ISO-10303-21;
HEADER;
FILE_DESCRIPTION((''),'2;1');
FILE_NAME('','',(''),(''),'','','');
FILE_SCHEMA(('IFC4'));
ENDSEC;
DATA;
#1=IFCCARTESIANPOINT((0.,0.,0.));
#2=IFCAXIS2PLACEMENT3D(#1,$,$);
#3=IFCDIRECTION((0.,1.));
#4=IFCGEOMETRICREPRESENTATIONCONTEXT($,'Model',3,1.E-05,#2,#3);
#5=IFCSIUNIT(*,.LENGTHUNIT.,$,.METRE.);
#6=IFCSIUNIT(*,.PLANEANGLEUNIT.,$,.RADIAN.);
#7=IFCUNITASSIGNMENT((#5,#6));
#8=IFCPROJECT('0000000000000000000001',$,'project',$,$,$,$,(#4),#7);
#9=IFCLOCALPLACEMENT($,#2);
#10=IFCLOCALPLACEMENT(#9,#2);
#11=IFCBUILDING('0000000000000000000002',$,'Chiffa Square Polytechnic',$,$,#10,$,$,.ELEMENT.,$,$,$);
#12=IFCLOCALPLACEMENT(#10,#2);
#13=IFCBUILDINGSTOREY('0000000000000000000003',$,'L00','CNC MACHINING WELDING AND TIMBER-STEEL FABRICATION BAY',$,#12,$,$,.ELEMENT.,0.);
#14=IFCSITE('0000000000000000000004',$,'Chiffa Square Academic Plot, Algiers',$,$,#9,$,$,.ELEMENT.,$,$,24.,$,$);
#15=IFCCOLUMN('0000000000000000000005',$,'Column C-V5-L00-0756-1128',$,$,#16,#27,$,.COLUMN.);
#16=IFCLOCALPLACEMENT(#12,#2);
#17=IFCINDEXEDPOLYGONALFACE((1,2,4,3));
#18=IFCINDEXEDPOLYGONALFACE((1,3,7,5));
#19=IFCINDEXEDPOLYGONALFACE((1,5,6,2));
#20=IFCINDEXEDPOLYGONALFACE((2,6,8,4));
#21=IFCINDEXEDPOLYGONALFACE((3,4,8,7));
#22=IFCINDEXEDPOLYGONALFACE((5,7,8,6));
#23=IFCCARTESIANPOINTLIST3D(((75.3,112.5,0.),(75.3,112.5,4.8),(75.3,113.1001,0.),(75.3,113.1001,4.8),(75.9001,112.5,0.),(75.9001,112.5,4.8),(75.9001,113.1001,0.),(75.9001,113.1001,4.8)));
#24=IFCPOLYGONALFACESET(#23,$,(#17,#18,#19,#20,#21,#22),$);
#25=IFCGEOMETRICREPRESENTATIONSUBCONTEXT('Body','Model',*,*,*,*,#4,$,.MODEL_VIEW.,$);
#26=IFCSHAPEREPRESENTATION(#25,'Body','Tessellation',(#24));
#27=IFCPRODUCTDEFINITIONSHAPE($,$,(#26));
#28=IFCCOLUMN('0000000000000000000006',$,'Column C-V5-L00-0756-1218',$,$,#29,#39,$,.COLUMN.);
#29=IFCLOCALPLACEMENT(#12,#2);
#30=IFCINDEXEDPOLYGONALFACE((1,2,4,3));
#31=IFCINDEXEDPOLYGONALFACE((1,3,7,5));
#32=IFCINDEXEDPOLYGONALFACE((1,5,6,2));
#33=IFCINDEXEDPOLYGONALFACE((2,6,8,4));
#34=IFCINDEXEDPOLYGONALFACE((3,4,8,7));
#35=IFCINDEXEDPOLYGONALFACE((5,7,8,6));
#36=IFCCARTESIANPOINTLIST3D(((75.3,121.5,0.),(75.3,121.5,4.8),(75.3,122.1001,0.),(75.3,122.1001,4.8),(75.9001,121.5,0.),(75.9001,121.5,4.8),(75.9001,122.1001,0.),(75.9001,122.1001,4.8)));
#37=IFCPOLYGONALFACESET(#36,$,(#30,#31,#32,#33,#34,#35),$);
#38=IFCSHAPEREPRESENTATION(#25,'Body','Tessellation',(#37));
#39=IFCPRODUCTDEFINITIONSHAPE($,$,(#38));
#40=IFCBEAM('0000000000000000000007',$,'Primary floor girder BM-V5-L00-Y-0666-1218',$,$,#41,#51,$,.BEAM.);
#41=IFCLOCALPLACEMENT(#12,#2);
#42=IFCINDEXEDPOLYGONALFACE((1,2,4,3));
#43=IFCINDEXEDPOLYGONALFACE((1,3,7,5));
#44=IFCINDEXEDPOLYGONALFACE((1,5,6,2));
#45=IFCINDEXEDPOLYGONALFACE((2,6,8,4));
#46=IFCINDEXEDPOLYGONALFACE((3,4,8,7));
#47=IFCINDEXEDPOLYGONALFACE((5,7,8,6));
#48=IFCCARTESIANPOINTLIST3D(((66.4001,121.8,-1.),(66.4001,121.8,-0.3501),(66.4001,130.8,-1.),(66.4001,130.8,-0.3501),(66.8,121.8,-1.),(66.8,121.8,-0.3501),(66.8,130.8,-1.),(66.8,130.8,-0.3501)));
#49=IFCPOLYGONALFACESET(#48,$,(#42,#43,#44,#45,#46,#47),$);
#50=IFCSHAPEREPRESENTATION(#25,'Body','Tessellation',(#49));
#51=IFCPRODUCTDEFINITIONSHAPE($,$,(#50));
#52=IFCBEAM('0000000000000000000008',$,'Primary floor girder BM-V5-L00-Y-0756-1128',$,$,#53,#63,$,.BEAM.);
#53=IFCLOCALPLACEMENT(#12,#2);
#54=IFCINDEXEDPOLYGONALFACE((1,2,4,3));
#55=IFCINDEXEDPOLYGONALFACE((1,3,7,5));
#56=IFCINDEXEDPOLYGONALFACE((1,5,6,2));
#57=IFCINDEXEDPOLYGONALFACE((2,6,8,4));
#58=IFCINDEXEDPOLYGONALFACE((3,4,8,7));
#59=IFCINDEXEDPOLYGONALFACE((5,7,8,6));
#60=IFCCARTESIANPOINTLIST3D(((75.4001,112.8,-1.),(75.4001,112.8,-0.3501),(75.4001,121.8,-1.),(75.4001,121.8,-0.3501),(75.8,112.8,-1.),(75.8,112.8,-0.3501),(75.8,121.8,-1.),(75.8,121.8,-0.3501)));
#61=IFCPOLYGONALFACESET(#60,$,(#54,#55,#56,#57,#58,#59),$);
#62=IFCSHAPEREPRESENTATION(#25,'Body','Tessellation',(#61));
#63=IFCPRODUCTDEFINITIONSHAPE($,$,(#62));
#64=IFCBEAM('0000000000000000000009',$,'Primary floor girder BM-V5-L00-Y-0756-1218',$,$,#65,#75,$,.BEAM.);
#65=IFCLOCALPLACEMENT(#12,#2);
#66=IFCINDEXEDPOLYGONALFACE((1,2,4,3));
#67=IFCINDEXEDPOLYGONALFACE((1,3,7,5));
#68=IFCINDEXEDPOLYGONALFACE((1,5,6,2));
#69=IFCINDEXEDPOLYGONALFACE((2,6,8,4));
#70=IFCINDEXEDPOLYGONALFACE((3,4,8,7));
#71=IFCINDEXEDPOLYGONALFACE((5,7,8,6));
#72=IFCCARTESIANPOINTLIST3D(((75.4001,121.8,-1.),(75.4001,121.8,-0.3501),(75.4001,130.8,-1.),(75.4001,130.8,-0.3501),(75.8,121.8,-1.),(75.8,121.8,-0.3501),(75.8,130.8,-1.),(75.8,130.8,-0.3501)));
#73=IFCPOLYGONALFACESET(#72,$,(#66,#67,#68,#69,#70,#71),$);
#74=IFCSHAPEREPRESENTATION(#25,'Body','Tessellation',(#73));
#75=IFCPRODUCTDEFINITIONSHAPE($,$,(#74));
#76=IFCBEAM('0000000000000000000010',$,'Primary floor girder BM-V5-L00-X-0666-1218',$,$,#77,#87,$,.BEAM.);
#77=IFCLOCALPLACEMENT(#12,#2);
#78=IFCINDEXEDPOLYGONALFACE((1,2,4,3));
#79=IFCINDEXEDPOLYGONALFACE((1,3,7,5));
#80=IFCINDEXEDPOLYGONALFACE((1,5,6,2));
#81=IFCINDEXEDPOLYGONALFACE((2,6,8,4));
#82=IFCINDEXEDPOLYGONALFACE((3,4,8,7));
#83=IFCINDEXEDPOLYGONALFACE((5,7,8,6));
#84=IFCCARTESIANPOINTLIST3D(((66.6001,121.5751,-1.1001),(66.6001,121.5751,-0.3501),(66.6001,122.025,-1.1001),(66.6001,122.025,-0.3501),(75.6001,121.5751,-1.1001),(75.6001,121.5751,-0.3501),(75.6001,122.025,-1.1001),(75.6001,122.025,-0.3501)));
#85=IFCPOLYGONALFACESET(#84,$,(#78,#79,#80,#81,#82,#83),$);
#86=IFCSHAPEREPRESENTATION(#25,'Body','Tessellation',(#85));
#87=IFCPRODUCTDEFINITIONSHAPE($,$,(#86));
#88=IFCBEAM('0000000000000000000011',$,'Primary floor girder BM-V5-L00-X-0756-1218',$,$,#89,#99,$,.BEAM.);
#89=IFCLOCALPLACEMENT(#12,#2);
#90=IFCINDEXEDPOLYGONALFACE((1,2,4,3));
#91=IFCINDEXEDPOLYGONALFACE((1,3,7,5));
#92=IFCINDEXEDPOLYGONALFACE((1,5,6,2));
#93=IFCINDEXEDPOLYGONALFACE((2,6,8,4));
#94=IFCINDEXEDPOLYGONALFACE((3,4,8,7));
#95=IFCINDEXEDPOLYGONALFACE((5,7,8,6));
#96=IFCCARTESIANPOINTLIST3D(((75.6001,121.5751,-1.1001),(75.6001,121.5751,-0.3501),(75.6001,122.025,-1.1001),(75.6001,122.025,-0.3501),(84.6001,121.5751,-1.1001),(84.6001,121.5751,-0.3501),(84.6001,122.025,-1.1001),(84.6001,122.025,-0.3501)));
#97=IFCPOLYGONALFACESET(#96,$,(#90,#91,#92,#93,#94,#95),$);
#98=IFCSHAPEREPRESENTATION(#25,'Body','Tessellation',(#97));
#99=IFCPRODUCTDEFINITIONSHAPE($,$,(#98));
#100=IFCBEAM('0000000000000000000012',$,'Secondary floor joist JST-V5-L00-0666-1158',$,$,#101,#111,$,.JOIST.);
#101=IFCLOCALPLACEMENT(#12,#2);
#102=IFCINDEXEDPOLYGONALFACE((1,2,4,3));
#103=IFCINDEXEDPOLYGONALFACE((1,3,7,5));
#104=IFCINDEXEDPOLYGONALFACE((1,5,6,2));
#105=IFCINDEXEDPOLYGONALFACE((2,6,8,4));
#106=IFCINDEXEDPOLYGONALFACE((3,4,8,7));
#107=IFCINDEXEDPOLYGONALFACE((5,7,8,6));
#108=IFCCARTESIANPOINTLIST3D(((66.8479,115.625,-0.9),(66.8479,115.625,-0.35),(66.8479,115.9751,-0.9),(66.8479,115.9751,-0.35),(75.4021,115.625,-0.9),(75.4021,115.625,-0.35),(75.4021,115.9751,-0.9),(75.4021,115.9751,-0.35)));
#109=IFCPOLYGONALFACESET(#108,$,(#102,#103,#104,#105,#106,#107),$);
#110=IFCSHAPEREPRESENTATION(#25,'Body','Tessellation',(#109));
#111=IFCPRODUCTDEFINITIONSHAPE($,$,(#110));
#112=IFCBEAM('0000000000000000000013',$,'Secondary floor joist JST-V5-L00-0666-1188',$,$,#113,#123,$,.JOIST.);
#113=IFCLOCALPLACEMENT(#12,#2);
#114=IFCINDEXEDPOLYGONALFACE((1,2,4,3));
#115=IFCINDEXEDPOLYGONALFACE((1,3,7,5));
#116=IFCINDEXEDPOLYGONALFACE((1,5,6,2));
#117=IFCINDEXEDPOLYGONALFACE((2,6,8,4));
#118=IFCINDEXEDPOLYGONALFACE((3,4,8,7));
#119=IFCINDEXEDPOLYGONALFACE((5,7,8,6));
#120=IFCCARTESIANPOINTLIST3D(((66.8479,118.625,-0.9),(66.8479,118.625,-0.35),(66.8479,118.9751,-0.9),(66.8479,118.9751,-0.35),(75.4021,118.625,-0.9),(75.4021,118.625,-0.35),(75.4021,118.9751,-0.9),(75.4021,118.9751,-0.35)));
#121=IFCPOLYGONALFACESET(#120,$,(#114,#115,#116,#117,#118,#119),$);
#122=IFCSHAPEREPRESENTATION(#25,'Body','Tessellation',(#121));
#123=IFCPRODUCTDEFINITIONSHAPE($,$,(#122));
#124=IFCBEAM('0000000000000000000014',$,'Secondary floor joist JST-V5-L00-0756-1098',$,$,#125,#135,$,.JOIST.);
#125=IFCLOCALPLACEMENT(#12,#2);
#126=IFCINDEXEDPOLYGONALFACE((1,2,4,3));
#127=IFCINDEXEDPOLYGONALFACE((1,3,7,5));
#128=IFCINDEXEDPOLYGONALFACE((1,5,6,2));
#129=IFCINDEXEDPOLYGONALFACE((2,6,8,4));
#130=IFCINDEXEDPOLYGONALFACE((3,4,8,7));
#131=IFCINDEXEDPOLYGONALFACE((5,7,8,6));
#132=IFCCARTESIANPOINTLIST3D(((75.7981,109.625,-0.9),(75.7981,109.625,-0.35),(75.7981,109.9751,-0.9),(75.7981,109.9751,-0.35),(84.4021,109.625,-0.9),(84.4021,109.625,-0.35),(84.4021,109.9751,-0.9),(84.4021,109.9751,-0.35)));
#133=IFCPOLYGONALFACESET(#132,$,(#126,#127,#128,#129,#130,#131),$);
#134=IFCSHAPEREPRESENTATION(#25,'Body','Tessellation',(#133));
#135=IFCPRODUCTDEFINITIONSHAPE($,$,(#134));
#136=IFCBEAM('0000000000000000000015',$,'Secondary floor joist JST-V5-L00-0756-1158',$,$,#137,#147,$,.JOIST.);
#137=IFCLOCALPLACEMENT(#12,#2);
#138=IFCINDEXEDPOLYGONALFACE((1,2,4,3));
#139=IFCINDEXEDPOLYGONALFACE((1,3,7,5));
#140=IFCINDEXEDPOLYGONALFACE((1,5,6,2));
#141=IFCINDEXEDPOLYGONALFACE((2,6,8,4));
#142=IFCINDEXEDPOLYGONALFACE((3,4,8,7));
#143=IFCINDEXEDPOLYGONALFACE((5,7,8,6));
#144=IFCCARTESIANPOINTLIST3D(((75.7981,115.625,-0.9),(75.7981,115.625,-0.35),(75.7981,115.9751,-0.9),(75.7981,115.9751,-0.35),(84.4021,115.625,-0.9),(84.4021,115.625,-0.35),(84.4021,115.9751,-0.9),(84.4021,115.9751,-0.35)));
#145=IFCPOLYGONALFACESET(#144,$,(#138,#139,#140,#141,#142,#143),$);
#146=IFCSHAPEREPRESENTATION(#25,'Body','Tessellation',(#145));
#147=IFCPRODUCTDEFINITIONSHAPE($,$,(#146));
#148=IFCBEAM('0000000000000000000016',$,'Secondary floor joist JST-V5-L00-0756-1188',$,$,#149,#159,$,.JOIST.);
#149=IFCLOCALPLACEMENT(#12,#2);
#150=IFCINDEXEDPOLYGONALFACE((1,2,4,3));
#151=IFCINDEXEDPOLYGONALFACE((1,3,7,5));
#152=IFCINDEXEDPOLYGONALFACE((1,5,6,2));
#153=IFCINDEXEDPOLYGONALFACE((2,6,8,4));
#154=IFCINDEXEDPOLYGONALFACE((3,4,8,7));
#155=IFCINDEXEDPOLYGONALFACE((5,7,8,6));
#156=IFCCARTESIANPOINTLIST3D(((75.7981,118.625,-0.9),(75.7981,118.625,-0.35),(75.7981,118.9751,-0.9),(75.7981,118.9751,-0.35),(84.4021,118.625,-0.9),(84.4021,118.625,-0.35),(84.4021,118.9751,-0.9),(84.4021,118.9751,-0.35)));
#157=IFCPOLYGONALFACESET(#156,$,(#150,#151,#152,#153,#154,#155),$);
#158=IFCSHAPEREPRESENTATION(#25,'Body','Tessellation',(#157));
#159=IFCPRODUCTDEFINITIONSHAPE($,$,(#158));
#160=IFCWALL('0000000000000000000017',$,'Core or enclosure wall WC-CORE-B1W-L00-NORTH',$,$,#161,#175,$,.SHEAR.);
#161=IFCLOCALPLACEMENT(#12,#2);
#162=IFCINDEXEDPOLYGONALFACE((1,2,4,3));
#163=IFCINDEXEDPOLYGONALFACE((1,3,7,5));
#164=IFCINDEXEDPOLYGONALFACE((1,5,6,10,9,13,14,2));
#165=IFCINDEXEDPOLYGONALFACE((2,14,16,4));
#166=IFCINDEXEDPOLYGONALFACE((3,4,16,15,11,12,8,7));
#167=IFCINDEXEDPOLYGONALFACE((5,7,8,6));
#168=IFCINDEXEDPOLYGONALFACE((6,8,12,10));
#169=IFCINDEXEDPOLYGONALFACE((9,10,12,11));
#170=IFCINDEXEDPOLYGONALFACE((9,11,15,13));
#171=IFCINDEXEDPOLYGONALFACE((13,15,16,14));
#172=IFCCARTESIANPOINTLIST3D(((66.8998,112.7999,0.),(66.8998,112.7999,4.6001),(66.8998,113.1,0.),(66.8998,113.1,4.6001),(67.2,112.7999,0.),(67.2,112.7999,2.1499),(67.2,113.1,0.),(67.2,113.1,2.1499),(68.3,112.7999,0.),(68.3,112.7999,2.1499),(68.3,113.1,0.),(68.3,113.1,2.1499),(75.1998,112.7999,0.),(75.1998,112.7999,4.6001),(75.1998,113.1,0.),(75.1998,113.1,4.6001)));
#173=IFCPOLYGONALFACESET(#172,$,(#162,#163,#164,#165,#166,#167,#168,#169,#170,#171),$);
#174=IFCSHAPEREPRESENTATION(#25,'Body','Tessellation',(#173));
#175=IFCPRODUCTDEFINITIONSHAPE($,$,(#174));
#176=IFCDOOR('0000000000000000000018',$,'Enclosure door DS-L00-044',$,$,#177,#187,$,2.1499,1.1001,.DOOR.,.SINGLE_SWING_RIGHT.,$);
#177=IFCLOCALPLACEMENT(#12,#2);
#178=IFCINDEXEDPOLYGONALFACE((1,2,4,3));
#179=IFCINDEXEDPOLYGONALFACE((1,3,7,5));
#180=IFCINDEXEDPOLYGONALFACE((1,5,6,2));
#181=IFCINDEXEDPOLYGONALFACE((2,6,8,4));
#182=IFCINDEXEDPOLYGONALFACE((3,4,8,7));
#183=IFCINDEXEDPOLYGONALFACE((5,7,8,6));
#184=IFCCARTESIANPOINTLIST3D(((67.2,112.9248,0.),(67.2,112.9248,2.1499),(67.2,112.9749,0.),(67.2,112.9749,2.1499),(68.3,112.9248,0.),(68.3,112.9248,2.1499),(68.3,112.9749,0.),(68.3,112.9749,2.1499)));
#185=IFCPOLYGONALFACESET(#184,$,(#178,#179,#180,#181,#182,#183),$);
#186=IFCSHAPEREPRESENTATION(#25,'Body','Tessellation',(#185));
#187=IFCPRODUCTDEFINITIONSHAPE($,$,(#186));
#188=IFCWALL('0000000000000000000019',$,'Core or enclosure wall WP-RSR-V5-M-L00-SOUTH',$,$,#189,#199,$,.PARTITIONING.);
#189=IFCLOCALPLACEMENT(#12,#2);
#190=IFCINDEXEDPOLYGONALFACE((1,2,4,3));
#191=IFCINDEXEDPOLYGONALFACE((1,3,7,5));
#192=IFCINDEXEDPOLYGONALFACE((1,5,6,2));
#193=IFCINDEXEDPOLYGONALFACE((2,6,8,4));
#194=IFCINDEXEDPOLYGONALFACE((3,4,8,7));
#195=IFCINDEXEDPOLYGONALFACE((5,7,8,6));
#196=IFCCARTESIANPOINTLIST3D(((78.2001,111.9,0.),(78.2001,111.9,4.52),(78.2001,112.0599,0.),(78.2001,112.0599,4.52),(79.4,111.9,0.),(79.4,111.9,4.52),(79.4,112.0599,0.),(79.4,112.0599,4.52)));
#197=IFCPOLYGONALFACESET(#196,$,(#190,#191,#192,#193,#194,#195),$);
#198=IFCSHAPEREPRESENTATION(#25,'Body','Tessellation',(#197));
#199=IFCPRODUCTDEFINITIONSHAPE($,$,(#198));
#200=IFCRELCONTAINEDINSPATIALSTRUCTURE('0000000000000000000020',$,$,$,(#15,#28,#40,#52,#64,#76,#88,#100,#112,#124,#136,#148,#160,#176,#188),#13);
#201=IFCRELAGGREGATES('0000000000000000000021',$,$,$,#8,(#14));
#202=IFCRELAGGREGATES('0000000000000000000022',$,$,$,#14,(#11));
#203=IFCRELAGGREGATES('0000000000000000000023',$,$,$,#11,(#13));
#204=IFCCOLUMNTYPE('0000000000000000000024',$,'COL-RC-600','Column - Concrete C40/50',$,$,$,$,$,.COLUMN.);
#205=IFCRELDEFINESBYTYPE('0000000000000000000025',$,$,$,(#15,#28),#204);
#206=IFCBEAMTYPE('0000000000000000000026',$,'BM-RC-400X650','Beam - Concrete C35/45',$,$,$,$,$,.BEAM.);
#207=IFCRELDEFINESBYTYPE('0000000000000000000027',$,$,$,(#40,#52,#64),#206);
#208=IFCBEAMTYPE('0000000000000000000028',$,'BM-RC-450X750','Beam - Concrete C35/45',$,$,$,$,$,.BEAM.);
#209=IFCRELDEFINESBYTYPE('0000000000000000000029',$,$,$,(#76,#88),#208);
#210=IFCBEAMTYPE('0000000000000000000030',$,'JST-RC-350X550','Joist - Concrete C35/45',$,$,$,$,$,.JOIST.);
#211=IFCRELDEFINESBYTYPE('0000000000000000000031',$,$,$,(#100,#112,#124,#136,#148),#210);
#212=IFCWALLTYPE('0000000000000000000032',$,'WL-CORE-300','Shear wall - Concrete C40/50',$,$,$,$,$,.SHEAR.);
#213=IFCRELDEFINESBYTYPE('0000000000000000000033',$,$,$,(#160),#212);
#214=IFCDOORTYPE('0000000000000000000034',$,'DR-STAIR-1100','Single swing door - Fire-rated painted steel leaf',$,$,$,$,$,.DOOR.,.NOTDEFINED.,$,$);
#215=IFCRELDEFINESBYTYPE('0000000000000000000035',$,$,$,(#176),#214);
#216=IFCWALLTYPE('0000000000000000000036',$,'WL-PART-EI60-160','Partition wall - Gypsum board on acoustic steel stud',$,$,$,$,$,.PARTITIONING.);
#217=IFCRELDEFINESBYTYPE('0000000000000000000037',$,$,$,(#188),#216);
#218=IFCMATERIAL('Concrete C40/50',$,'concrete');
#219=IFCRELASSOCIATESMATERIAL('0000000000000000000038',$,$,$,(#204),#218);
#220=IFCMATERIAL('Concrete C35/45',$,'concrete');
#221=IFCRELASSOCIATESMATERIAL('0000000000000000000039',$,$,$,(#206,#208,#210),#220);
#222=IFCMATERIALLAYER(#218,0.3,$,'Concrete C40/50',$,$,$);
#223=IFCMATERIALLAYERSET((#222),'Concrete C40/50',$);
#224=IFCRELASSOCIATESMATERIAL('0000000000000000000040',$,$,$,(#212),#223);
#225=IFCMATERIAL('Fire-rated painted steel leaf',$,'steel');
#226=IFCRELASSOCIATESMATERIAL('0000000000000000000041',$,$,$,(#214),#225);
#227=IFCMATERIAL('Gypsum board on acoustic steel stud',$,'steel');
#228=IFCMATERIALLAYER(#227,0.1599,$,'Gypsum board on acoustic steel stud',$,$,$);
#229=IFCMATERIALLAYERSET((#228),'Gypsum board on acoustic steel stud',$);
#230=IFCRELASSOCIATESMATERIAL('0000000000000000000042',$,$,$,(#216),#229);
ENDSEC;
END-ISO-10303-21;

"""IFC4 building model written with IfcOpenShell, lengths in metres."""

from ifc_helpers import new_model, si_unit, direction, frame, frame_2d, origin, origin_2d, place, context, subcontext, project, spatial, rectangle, extrude, material, layer, layer_set, material_profile, profile_set, type_object, element, fill, save


model = new_model("IFC4")

# Units and contexts
model_context = context("Model", 3, precision=1e-05, world=origin(), true_north=direction((0.0, 1.0)))
body_context = subcontext(model_context, "Body", "Model", "MODEL_VIEW")
ifc_project = project(units=[si_unit("LENGTHUNIT", "METRE"), si_unit("PLANEANGLEUNIT", "RADIAN")], contexts=[model_context])

# Site, building, storey
site_placement = place(None, origin())
site = spatial("IfcSite", under=ifc_project, at=site_placement, Name="Chiffa Square Academic Plot, Algiers", CompositionType="ELEMENT", RefElevation=24.0)
building_placement = place(site_placement, origin())
building = spatial("IfcBuilding", under=site, at=building_placement, Name="Chiffa Square Polytechnic", CompositionType="ELEMENT")
storey_placement = place(building_placement, origin())
storey = spatial("IfcBuildingStorey", under=building, at=storey_placement, Name="L00", Description="CNC MACHINING WELDING AND TIMBER-STEEL FABRICATION BAY", CompositionType="ELEMENT", Elevation=0.0)

# Columns
ifc_material_1 = material(Name="Concrete C40/50", Category="concrete")
ifc_material_profile_1 = material_profile(ifc_material_1, rectangle(XDim=0.6001, YDim=0.6001, at=origin_2d()), Name="RC 600x600")
ifc_profile_set_1 = profile_set([ifc_material_profile_1], Name="Concrete C40/50")
column_type = type_object("IfcColumnType", Name="COL-RC-600", Description="Column - Concrete C40/50", PredefinedType="COLUMN", material=ifc_profile_set_1)
for number, where, z_axis, x_axis, name in (
    (1, (75.6001, 112.8, 0.0), (0.0, 0.0, 1.0), (1.0, 0.0, 0.0), "Column C-V5-L00-0756-1128"),
    (2, (75.6001, 121.8, 0.0), (0.0, 0.0, 1.0), (1.0, 0.0, 0.0), "Column C-V5-L00-0756-1218"),
):
    element("IfcColumn", number, at=place(storey_placement, frame(where, z_axis=z_axis, x_axis=x_axis)), inside=storey, type_object=column_type, Name=name, PredefinedType="COLUMN", context=body_context, shape_type="SweptSolid", body=[
        extrude(rectangle(XDim=0.6001, YDim=0.6001, at=origin_2d()), origin(), (0.0, 0.0, 1.0), 4.8),
    ])

# Beams
ifc_material_2 = material(Name="Concrete C35/45", Category="concrete")
ifc_material_profile_2 = material_profile(ifc_material_2, rectangle(XDim=0.3999, YDim=0.6499, at=origin_2d()), Name="RC 400x650")
ifc_profile_set_2 = profile_set([ifc_material_profile_2], Name="Concrete C35/45")
beam_type_1 = type_object("IfcBeamType", Name="BM-RC-400X650", Description="Beam - Concrete C35/45", PredefinedType="BEAM", material=ifc_profile_set_2)
for number, where, z_axis, x_axis, name in (
    (3, (66.6001, 121.8, -0.675), (0.0, 1.0, 0.0), (-1.0, 0.0, 0.0), "Primary floor girder BM-V5-L00-Y-0666-1218"),
    (4, (75.6001, 112.8, -0.675), (0.0, 1.0, 0.0), (-1.0, 0.0, 0.0), "Primary floor girder BM-V5-L00-Y-0756-1128"),
    (5, (75.6001, 121.8, -0.675), (0.0, 1.0, 0.0), (-1.0, 0.0, 0.0), "Primary floor girder BM-V5-L00-Y-0756-1218"),
):
    element("IfcBeam", number, at=place(storey_placement, frame(where, z_axis=z_axis, x_axis=x_axis)), inside=storey, type_object=beam_type_1, Name=name, PredefinedType="BEAM", context=body_context, shape_type="SweptSolid", body=[
        extrude(rectangle(XDim=0.3999, YDim=0.6499, at=origin_2d()), origin(), (0.0, 0.0, 1.0), 9.0),
    ])
ifc_material_profile_3 = material_profile(ifc_material_2, rectangle(XDim=0.45, YDim=0.75, at=origin_2d()), Name="RC 450x750")
ifc_profile_set_3 = profile_set([ifc_material_profile_3], Name="Concrete C35/45")
beam_type_2 = type_object("IfcBeamType", Name="BM-RC-450X750", Description="Beam - Concrete C35/45", PredefinedType="BEAM", material=ifc_profile_set_3)
for number, where, z_axis, x_axis, name in (
    (6, (66.6001, 121.8, -0.7251), (1.0, 0.0, 0.0), (0.0, 1.0, 0.0), "Primary floor girder BM-V5-L00-X-0666-1218"),
    (7, (75.6001, 121.8, -0.7251), (1.0, 0.0, 0.0), (0.0, 1.0, 0.0), "Primary floor girder BM-V5-L00-X-0756-1218"),
):
    element("IfcBeam", number, at=place(storey_placement, frame(where, z_axis=z_axis, x_axis=x_axis)), inside=storey, type_object=beam_type_2, Name=name, PredefinedType="BEAM", context=body_context, shape_type="SweptSolid", body=[
        extrude(rectangle(XDim=0.45, YDim=0.75, at=origin_2d()), origin(), (0.0, 0.0, 1.0), 9.0),
    ])
ifc_material_profile_4 = material_profile(ifc_material_2, rectangle(XDim=0.3501, YDim=0.55, at=origin_2d()), Name="RC 350x550")
ifc_profile_set_4 = profile_set([ifc_material_profile_4], Name="Concrete C35/45")
beam_type_3 = type_object("IfcBeamType", Name="JST-RC-350X550", Description="Joist - Concrete C35/45", PredefinedType="JOIST", material=ifc_profile_set_4)
for number, where, z_axis, x_axis, name in (
    (8, (66.8479, 115.8, -0.625), (1.0, 0.0, 0.0), (0.0, 1.0, 0.0), "Secondary floor joist JST-V5-L00-0666-1158"),
    (9, (66.8479, 118.8, -0.625), (1.0, 0.0, 0.0), (0.0, 1.0, 0.0), "Secondary floor joist JST-V5-L00-0666-1188"),
):
    element("IfcBeam", number, at=place(storey_placement, frame(where, z_axis=z_axis, x_axis=x_axis)), inside=storey, type_object=beam_type_3, Name=name, PredefinedType="JOIST", context=body_context, shape_type="SweptSolid", body=[
        extrude(rectangle(XDim=0.3501, YDim=0.55, at=origin_2d()), origin(), (0.0, 0.0, 1.0), 8.5542),
    ])
for number, where, z_axis, x_axis, name in (
    (10, (75.7981, 109.8, -0.625), (1.0, 0.0, 0.0), (0.0, 1.0, 0.0), "Secondary floor joist JST-V5-L00-0756-1098"),
    (11, (75.7981, 115.8, -0.625), (1.0, 0.0, 0.0), (0.0, 1.0, 0.0), "Secondary floor joist JST-V5-L00-0756-1158"),
    (12, (75.7981, 118.8, -0.625), (1.0, 0.0, 0.0), (0.0, 1.0, 0.0), "Secondary floor joist JST-V5-L00-0756-1188"),
):
    element("IfcBeam", number, at=place(storey_placement, frame(where, z_axis=z_axis, x_axis=x_axis)), inside=storey, type_object=beam_type_3, Name=name, PredefinedType="JOIST", context=body_context, shape_type="SweptSolid", body=[
        extrude(rectangle(XDim=0.3501, YDim=0.55, at=origin_2d()), origin(), (0.0, 0.0, 1.0), 8.604),
    ])

# Wall, opening, door
ifc_layer_1 = layer(ifc_material_1, 0.3, Name="Concrete C40/50")
ifc_layer_set_1 = layer_set([ifc_layer_1], Name="Concrete C40/50")
wall_type_1 = type_object("IfcWallType", Name="WL-CORE-300", Description="Shear wall - Concrete C40/50", PredefinedType="SHEAR", material=ifc_layer_set_1)
wall_1_placement = place(storey_placement, frame((66.8999, 112.95, 0.0), z_axis=(0.0, 0.0, 1.0), x_axis=(1.0, 0.0, 0.0)))
wall_1 = element("IfcWall", 13, at=wall_1_placement, inside=storey, type_object=wall_type_1, Name="Core or enclosure wall WC-CORE-B1W-L00-NORTH", PredefinedType="SHEAR", context=body_context, shape_type="SweptSolid", body=[
    extrude(rectangle(XDim=8.3, YDim=0.3, at=frame_2d((4.1499, 0.0))), origin(), (0.0, 0.0, 1.0), 4.6001),
])
opening_1_placement = place(wall_1_placement, frame((0.3, 0.0, 0.0)))
opening_1 = element("IfcOpeningElement", 14, at=opening_1_placement, cuts=wall_1, PredefinedType="OPENING", context=body_context, shape_type="SweptSolid", body=[
    extrude(rectangle(XDim=1.1001, YDim=2.1499, at=frame_2d((0.55, 1.075))), frame((0.0, 0.1602, 0.0), z_axis=(0.0, -1.0, 0.0), x_axis=(1.0, 0.0, 0.0)), (0.0, 0.0, 1.0), 0.3201),
])
ifc_material_3 = material(Name="Fire-rated painted steel leaf", Category="steel")
door_type_1 = type_object("IfcDoorType", Name="DR-STAIR-1100", Description="Single swing door - Fire-rated painted steel leaf", OperationType="NOTDEFINED", PredefinedType="DOOR", material=ifc_material_3)
door_1_placement = place(opening_1_placement, origin())
door_1 = element("IfcDoor", 15, at=door_1_placement, inside=storey, type_object=door_type_1, Name="Enclosure door DS-L00-044", OperationType="SINGLE_SWING_RIGHT", OverallHeight=2.1499, OverallWidth=1.1001, PredefinedType="DOOR", context=body_context, shape_type="SweptSolid", body=[
    extrude(rectangle(XDim=1.1001, YDim=2.1499, at=frame_2d((0.55, 1.075))), frame((0.0, 0.0249, 0.0), z_axis=(0.0, -1.0, 0.0), x_axis=(1.0, 0.0, 0.0)), (0.0, 0.0, 1.0), 0.05),
])
fill(opening_1, door_1)

# Wall
ifc_material_4 = material(Name="Gypsum board on acoustic steel stud", Category="steel")
ifc_layer_2 = layer(ifc_material_4, 0.1599, Name="Gypsum board on acoustic steel stud")
ifc_layer_set_2 = layer_set([ifc_layer_2], Name="Gypsum board on acoustic steel stud")
wall_type_2 = type_object("IfcWallType", Name="WL-PART-EI60-160", Description="Partition wall - Gypsum board on acoustic steel stud", PredefinedType="PARTITIONING", material=ifc_layer_set_2)
wall_2_placement = place(storey_placement, frame((78.2, 111.98, 0.0), z_axis=(0.0, 0.0, 1.0), x_axis=(1.0, 0.0, 0.0)))
element("IfcWall", 16, at=wall_2_placement, inside=storey, type_object=wall_type_2, Name="Core or enclosure wall WP-RSR-V5-M-L00-SOUTH", PredefinedType="PARTITIONING", context=body_context, shape_type="SweptSolid", body=[
    extrude(rectangle(XDim=1.2, YDim=0.1599, at=frame_2d((0.6001, 0.0))), origin(), (0.0, 0.0, 1.0), 4.52),
])

save(model, "model.ifc")
